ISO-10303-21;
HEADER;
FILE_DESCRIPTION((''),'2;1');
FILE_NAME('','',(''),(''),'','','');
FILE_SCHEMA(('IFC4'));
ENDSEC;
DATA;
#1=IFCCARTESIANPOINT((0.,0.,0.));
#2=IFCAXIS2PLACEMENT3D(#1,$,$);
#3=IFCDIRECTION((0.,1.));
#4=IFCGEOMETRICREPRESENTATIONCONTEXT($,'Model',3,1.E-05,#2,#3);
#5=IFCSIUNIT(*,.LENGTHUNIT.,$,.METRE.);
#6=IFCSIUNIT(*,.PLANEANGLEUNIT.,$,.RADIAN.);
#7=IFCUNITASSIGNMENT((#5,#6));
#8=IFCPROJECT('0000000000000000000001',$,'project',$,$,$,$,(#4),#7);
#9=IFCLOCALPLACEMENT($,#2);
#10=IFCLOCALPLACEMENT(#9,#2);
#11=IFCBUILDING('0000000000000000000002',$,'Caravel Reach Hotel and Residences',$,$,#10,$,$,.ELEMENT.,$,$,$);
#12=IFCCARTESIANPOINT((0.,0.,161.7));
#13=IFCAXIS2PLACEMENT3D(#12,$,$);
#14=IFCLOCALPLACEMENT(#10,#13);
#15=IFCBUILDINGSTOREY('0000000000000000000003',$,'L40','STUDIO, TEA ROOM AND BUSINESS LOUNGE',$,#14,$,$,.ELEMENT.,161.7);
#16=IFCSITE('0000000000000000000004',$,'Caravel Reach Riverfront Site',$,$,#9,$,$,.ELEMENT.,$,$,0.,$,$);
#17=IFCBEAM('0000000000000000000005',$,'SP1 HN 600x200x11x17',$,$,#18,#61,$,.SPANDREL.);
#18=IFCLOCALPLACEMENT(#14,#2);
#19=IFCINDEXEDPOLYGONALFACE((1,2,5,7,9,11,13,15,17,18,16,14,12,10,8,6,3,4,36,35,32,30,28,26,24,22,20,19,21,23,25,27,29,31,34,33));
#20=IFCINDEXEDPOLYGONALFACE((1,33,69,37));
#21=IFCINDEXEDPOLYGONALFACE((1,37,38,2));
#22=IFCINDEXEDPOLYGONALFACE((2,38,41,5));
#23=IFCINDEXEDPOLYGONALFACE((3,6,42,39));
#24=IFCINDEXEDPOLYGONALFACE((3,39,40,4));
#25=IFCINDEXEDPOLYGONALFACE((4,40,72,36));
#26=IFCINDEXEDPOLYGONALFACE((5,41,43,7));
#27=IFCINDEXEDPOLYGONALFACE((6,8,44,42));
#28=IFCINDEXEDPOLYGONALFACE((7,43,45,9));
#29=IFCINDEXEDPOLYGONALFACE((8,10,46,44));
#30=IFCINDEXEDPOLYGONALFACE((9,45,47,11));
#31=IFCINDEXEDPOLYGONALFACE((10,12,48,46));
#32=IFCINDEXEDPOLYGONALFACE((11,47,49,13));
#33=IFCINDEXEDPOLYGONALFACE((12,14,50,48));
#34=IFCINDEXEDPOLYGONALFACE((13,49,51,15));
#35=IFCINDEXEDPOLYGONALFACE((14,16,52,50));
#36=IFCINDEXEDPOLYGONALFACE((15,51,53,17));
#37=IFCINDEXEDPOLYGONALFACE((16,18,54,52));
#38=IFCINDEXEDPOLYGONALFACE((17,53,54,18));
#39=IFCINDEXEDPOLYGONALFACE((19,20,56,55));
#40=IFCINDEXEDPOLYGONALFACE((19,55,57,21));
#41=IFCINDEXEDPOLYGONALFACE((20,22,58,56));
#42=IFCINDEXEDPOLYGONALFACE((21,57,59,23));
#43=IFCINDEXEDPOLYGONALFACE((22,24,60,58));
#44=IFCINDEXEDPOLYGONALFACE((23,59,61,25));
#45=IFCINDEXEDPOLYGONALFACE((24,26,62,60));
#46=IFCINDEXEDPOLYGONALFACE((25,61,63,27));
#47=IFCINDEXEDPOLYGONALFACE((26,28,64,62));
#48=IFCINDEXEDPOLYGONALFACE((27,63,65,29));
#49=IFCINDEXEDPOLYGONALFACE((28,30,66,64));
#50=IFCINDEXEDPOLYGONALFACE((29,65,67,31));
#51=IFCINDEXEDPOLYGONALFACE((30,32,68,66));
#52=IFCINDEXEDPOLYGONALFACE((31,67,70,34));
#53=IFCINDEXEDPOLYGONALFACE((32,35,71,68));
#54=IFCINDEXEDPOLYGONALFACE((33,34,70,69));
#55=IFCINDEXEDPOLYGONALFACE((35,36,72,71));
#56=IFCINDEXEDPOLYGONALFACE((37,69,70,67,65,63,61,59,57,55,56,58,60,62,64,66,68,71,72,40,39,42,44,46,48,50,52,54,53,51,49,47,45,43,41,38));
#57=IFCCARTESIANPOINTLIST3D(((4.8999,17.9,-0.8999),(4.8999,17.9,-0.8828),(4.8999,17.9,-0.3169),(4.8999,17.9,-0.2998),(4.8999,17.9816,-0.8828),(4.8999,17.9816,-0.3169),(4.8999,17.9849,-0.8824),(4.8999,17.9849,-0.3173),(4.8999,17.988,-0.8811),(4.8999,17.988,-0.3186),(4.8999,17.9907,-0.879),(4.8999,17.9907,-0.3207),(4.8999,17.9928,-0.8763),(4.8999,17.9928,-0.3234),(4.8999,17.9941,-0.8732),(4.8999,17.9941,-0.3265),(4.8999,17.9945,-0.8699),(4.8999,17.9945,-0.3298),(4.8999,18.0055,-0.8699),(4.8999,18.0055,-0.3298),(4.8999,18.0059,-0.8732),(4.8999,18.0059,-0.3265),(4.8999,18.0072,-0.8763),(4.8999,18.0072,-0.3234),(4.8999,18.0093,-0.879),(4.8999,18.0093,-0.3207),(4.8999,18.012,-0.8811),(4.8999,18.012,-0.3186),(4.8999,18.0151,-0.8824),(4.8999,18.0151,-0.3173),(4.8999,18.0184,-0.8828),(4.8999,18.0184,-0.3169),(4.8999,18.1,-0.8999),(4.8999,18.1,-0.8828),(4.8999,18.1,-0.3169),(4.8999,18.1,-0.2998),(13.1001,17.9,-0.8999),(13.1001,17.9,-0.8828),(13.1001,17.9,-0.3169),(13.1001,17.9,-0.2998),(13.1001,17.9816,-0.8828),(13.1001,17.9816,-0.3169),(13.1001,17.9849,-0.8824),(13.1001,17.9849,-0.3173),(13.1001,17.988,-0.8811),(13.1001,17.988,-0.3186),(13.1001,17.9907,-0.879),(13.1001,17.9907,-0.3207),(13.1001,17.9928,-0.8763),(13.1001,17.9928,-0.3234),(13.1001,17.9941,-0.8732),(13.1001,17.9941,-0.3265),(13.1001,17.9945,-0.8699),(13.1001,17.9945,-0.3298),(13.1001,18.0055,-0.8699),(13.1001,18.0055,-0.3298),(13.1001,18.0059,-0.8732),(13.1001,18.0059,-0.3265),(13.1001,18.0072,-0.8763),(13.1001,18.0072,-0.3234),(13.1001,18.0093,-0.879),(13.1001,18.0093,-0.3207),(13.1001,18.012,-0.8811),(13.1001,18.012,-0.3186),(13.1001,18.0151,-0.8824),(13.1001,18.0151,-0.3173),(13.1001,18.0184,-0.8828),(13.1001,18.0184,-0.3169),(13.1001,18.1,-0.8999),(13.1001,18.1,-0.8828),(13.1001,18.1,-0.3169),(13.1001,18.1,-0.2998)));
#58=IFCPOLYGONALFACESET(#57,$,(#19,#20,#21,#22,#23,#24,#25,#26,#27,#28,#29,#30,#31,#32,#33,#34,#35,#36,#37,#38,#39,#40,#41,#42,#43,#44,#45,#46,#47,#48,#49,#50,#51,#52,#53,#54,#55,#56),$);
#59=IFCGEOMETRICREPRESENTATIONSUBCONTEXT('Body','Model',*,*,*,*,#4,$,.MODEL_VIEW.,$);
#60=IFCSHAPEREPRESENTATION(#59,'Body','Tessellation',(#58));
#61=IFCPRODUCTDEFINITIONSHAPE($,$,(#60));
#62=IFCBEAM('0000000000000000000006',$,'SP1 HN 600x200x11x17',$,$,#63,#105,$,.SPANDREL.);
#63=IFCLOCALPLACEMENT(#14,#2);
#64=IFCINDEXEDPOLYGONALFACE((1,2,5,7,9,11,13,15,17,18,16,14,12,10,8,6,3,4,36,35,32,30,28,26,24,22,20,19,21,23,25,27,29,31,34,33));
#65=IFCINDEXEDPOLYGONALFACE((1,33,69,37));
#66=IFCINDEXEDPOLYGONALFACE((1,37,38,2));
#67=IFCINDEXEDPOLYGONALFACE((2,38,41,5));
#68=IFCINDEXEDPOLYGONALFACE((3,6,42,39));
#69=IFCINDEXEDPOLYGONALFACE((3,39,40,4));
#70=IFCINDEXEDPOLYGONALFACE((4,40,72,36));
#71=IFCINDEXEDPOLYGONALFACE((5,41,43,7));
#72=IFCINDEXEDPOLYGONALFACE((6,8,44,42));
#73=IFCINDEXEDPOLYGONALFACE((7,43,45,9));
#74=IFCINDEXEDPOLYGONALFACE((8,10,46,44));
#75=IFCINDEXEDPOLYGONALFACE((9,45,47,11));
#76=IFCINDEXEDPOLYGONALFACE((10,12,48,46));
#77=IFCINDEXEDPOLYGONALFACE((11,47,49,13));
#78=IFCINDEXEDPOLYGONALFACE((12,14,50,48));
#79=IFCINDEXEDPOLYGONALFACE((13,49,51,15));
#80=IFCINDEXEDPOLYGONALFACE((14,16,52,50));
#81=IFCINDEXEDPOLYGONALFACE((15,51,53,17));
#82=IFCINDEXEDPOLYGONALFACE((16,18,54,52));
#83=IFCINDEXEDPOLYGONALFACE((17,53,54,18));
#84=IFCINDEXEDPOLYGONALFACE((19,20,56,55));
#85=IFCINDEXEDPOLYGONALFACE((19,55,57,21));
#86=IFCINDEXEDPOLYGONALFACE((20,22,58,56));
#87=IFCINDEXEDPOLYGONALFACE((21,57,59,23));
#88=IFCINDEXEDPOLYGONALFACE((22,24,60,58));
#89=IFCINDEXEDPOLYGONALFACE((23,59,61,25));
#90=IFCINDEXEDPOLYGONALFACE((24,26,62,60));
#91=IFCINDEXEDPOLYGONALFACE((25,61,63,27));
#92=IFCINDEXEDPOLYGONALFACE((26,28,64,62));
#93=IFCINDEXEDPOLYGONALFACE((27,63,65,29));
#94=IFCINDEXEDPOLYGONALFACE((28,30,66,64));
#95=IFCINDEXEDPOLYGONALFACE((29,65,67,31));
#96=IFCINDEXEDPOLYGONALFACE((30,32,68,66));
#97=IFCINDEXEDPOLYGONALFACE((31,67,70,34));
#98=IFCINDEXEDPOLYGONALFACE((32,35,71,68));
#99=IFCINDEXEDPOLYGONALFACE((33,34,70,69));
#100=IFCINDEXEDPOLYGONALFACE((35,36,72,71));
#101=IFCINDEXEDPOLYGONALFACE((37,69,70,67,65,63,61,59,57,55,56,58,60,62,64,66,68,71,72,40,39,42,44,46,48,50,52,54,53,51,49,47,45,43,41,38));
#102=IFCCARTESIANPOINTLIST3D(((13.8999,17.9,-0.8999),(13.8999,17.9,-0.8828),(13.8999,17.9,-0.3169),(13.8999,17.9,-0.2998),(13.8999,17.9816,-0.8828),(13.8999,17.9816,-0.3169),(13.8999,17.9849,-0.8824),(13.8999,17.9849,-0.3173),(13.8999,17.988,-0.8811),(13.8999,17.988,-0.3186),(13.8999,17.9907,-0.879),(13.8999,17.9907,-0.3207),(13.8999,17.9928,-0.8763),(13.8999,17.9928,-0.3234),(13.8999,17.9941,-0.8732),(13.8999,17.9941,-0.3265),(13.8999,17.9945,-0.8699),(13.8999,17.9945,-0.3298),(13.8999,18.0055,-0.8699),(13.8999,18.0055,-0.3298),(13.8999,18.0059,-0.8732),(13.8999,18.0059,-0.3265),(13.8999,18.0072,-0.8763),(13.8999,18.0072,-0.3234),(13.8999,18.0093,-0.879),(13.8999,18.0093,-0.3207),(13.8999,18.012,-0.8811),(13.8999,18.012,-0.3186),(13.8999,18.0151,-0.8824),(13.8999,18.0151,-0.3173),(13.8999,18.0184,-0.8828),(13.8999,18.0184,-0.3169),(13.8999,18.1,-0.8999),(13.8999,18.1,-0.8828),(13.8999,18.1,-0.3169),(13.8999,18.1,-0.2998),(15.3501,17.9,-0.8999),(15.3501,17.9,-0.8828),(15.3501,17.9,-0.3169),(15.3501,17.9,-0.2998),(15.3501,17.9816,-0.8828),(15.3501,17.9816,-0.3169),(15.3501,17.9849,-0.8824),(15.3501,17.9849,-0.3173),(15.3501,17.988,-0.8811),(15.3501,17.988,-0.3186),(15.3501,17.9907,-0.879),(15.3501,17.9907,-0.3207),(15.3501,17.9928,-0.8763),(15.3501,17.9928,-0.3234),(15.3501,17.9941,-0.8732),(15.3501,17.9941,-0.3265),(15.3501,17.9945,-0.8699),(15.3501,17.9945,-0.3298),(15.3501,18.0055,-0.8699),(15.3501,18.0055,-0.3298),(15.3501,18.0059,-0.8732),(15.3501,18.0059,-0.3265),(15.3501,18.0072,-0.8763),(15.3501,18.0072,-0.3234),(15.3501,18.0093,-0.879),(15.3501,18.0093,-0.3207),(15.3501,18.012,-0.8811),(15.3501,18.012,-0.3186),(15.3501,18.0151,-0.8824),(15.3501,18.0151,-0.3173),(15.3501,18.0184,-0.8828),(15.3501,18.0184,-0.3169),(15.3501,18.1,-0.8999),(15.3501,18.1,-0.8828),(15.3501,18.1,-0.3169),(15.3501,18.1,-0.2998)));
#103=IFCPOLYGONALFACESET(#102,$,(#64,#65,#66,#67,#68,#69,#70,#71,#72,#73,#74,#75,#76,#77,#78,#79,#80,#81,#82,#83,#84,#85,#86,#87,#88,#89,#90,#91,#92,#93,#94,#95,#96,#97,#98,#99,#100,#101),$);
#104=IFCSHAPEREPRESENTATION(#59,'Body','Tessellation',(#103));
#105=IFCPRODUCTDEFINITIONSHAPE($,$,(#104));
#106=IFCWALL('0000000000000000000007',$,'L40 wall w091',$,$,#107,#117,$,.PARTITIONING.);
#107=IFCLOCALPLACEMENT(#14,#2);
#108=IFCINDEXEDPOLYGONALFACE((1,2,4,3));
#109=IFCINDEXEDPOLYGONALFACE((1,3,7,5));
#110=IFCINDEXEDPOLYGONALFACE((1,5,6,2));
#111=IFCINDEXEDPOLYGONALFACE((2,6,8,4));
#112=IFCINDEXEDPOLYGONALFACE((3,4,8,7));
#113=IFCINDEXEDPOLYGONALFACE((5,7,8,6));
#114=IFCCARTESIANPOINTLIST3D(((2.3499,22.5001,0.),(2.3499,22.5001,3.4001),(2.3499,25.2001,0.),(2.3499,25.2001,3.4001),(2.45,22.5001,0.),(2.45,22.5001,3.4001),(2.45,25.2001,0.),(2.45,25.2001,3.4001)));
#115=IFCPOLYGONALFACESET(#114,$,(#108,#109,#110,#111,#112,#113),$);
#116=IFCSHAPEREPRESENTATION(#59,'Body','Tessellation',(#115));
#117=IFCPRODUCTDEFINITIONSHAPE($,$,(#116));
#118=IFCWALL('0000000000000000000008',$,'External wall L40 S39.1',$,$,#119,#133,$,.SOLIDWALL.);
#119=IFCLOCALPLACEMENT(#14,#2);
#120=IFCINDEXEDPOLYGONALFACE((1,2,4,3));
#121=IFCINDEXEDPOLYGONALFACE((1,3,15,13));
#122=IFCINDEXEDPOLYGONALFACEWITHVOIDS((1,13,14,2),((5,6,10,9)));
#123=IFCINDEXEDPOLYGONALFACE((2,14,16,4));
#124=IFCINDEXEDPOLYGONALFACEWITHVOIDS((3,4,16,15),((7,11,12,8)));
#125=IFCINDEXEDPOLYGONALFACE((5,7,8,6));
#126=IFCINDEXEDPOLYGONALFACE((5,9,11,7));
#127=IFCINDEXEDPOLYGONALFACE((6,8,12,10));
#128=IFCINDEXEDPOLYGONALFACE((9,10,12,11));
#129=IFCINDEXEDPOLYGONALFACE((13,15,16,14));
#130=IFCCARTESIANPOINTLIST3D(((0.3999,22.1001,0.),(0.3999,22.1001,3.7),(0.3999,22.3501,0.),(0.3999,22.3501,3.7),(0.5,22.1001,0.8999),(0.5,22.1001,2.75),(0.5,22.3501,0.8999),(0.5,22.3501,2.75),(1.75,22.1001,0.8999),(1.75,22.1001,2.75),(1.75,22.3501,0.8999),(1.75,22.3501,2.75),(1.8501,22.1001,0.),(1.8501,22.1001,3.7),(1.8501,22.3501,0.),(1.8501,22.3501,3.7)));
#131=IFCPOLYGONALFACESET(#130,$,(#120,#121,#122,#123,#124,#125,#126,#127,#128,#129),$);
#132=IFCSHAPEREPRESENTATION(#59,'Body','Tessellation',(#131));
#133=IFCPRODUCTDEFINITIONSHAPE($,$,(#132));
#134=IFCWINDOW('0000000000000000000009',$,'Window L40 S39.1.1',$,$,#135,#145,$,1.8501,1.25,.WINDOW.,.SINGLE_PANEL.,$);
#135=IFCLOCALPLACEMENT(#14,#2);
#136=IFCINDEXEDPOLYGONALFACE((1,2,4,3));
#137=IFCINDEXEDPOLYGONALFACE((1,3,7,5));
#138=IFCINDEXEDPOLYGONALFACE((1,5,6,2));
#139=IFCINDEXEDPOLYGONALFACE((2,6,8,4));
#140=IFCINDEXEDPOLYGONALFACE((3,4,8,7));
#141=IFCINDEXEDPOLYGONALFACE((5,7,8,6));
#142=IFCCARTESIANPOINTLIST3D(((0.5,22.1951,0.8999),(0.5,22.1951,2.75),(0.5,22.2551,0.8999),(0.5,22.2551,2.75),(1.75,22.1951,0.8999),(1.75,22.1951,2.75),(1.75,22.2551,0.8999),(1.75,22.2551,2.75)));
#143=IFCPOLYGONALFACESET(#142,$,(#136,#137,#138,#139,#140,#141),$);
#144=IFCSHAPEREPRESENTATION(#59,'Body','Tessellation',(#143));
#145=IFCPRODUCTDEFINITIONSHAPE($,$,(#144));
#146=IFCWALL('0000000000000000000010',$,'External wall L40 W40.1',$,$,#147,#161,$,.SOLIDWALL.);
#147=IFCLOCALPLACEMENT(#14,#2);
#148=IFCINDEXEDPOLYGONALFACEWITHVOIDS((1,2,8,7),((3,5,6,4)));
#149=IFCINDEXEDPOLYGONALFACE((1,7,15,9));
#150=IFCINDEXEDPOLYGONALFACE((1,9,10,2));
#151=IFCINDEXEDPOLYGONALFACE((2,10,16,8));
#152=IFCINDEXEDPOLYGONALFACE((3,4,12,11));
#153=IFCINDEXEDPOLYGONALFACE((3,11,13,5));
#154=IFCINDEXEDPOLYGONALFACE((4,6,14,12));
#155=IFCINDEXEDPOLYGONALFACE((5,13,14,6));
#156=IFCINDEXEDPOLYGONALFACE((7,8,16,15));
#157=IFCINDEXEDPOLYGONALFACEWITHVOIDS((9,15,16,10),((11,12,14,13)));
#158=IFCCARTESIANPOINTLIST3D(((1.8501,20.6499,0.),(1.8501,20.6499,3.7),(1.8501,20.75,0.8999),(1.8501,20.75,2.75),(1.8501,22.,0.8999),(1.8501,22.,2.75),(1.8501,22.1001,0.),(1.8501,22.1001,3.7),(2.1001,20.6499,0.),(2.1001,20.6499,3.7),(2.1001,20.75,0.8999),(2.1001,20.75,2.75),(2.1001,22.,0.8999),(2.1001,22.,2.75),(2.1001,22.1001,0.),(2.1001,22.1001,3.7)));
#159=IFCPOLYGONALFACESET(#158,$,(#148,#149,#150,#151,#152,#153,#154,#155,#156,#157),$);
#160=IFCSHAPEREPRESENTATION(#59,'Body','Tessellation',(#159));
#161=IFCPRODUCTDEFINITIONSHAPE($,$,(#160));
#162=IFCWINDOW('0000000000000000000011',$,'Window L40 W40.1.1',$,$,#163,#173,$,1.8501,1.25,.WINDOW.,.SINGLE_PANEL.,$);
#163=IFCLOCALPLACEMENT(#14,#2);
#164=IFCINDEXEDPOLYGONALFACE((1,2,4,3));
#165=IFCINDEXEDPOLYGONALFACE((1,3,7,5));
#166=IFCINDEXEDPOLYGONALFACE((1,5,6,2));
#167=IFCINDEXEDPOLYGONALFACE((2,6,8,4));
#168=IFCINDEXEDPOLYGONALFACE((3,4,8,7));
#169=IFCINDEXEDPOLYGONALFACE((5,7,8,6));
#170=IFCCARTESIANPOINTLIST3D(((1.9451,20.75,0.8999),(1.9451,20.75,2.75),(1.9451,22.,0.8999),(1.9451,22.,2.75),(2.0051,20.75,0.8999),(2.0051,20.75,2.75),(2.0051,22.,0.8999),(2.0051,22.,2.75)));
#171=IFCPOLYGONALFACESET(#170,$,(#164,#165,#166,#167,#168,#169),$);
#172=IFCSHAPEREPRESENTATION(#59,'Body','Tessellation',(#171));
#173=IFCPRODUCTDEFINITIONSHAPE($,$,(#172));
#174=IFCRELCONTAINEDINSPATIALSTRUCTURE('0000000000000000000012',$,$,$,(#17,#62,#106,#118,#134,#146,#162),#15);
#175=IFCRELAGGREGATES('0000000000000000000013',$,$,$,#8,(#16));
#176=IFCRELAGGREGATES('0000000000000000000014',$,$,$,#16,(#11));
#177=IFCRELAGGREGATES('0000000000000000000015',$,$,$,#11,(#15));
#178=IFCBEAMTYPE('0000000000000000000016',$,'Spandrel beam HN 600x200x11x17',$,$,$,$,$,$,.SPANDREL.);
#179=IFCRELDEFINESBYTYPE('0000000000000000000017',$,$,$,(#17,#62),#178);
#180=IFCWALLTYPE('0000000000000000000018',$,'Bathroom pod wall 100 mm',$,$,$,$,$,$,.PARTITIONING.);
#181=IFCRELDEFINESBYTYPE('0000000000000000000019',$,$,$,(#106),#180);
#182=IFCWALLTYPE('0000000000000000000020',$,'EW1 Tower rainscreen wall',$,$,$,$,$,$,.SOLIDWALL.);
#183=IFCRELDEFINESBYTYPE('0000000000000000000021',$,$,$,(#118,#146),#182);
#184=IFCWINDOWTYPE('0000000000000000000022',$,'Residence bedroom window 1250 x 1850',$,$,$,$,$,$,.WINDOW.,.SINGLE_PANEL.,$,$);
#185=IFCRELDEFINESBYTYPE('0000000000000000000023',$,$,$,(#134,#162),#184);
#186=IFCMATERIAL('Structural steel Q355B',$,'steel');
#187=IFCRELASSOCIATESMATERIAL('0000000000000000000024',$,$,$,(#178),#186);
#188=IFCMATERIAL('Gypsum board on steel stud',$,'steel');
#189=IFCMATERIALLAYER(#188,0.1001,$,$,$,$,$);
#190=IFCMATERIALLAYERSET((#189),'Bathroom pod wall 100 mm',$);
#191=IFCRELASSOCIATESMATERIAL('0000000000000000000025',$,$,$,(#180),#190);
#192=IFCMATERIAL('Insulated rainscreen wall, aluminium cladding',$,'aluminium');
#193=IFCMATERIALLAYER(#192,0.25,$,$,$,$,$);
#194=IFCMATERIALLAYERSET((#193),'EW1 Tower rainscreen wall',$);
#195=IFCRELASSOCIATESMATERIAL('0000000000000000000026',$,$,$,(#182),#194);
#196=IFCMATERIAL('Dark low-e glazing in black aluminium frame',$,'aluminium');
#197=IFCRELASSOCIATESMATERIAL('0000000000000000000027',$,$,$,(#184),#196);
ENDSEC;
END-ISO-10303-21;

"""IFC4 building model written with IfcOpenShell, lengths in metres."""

from ifc_helpers import new_model, si_unit, direction, frame, frame_2d, origin, origin_2d, place, context, subcontext, project, spatial, rectangle, i_section, extrude, material, layer, layer_set, material_profile, profile_set, type_object, element, fill, save


model = new_model("IFC4")

# Units and contexts
model_context = context("Model", 3, precision=1e-05, world=origin(), true_north=direction((0.0, 1.0)))
body_context = subcontext(model_context, "Body", "Model", "MODEL_VIEW")
ifc_project = project(units=[si_unit("LENGTHUNIT", "METRE"), si_unit("PLANEANGLEUNIT", "RADIAN")], contexts=[model_context])

# Site, building, storey
site_placement = place(None, origin())
site = spatial("IfcSite", under=ifc_project, at=site_placement, Name="Caravel Reach Riverfront Site", CompositionType="ELEMENT", RefElevation=0.0)
building_placement = place(site_placement, origin())
building = spatial("IfcBuilding", under=site, at=building_placement, Name="Caravel Reach Hotel and Residences", CompositionType="ELEMENT")
storey_placement = place(building_placement, frame((0.0, 0.0, 161.7)))
storey = spatial("IfcBuildingStorey", under=building, at=storey_placement, Name="L40", Description="STUDIO, TEA ROOM AND BUSINESS LOUNGE", CompositionType="ELEMENT", Elevation=161.7)

# Beams
ifc_material_1 = material(Name="Structural steel Q355B", Category="steel")
ifc_material_profile_1 = material_profile(ifc_material_1, i_section(OverallWidth=0.2, OverallDepth=0.6001, WebThickness=0.011, FlangeThickness=0.0171, FilletRadius=0.0129, at=origin_2d()), Name="HN 600x200x11x17")
ifc_profile_set_1 = profile_set([ifc_material_profile_1], Name="Structural steel Q355B")
beam_type_1 = type_object("IfcBeamType", Name="Spandrel beam HN 600x200x11x17", PredefinedType="SPANDREL", material=ifc_profile_set_1)
beam_1_placement = place(storey_placement, frame((4.8999, 18.0, -0.5999), z_axis=(1.0, 0.0, 0.0), x_axis=(0.0, 1.0, 0.0)))
element("IfcBeam", 1, at=beam_1_placement, inside=storey, type_object=beam_type_1, Name="SP1 HN 600x200x11x17", PredefinedType="SPANDREL", context=body_context, shape_type="SweptSolid", body=[
    extrude(i_section(OverallWidth=0.2, OverallDepth=0.6001, WebThickness=0.011, FlangeThickness=0.0171, FilletRadius=0.0129, at=origin_2d()), origin(), (0.0, 0.0, 1.0), 8.2002),
])
beam_2_placement = place(storey_placement, frame((13.8999, 18.0, -0.5999), z_axis=(1.0, 0.0, 0.0), x_axis=(0.0, 1.0, 0.0)))
element("IfcBeam", 2, at=beam_2_placement, inside=storey, type_object=beam_type_1, Name="SP1 HN 600x200x11x17", PredefinedType="SPANDREL", context=body_context, shape_type="SweptSolid", body=[
    extrude(i_section(OverallWidth=0.2, OverallDepth=0.6001, WebThickness=0.011, FlangeThickness=0.0171, FilletRadius=0.0129, at=origin_2d()), origin(), (0.0, 0.0, 1.0), 1.4502),
])

# Wall
ifc_material_2 = material(Name="Gypsum board on steel stud", Category="steel")
ifc_layer_1 = layer(ifc_material_2, 0.1001)
ifc_layer_set_1 = layer_set([ifc_layer_1], Name="Bathroom pod wall 100 mm")
wall_type_1 = type_object("IfcWallType", Name="Bathroom pod wall 100 mm", PredefinedType="PARTITIONING", material=ifc_layer_set_1)
wall_1_placement = place(storey_placement, frame((2.3999, 22.5, 0.0), z_axis=(0.0, 0.0, 1.0), x_axis=(0.0, 1.0, 0.0)))
element("IfcWall", 3, at=wall_1_placement, inside=storey, type_object=wall_type_1, Name="L40 wall w091", PredefinedType="PARTITIONING", context=body_context, shape_type="SweptSolid", body=[
    extrude(rectangle(XDim=2.7, YDim=0.1001, at=frame_2d((1.3501, 0.0))), origin(), (0.0, 0.0, 1.0), 3.4001),
])

# Walls, openings, windows
ifc_material_3 = material(Name="Insulated rainscreen wall, aluminium cladding", Category="aluminium")
ifc_layer_2 = layer(ifc_material_3, 0.25)
ifc_layer_set_2 = layer_set([ifc_layer_2], Name="EW1 Tower rainscreen wall")
wall_type_2 = type_object("IfcWallType", Name="EW1 Tower rainscreen wall", PredefinedType="SOLIDWALL", material=ifc_layer_set_2)
wall_2_placement = place(storey_placement, frame((0.3999, 22.2251, 0.0), z_axis=(0.0, 0.0, 1.0), x_axis=(1.0, 0.0, 0.0)))
wall_2 = element("IfcWall", 4, at=wall_2_placement, inside=storey, type_object=wall_type_2, Name="External wall L40 S39.1", PredefinedType="SOLIDWALL", context=body_context, shape_type="SweptSolid", body=[
    extrude(rectangle(XDim=1.4502, YDim=0.25, at=frame_2d((0.7251, 0.0))), origin(), (0.0, 0.0, 1.0), 3.7),
])
opening_1_placement = place(wall_2_placement, frame((0.1001, 0.0, 0.8999)))
opening_1 = element("IfcOpeningElement", 5, at=opening_1_placement, cuts=wall_2, PredefinedType="OPENING", context=body_context, shape_type="SweptSolid", body=[
    extrude(rectangle(XDim=1.25, YDim=1.8501, at=frame_2d((0.625, 0.925))), frame((0.0, 0.135, 0.0), z_axis=(0.0, -1.0, 0.0), x_axis=(1.0, 0.0, 0.0)), (0.0, 0.0, 1.0), 0.27),
])
ifc_material_4 = material(Name="Dark low-e glazing in black aluminium frame", Category="aluminium")
window_type_1 = type_object("IfcWindowType", Name="Residence bedroom window 1250 x 1850", PartitioningType="SINGLE_PANEL", PredefinedType="WINDOW", material=ifc_material_4)
window_1_placement = place(opening_1_placement, origin())
window_1 = element("IfcWindow", 6, at=window_1_placement, inside=storey, type_object=window_type_1, Name="Window L40 S39.1.1", OverallHeight=1.8501, OverallWidth=1.25, PartitioningType="SINGLE_PANEL", PredefinedType="WINDOW", context=body_context, shape_type="SweptSolid", body=[
    extrude(rectangle(XDim=1.25, YDim=1.8501, at=frame_2d((0.625, 0.925))), frame((0.0, 0.03, 0.0), z_axis=(0.0, -1.0, 0.0), x_axis=(1.0, 0.0, 0.0)), (0.0, 0.0, 1.0), 0.0601),
])
fill(opening_1, window_1)
wall_3_placement = place(storey_placement, frame((1.9751, 22.1001, 0.0), z_axis=(0.0, 0.0, 1.0), x_axis=(0.0, -1.0, 0.0)))
wall_3 = element("IfcWall", 7, at=wall_3_placement, inside=storey, type_object=wall_type_2, Name="External wall L40 W40.1", PredefinedType="SOLIDWALL", context=body_context, shape_type="SweptSolid", body=[
    extrude(rectangle(XDim=1.4502, YDim=0.25, at=frame_2d((0.7251, 0.0))), origin(), (0.0, 0.0, 1.0), 3.7),
])
opening_2_placement = place(wall_3_placement, frame((0.1001, 0.0, 0.8999)))
opening_2 = element("IfcOpeningElement", 8, at=opening_2_placement, cuts=wall_3, PredefinedType="OPENING", context=body_context, shape_type="SweptSolid", body=[
    extrude(rectangle(XDim=1.25, YDim=1.8501, at=frame_2d((0.625, 0.925))), frame((0.0, 0.135, 0.0), z_axis=(0.0, -1.0, 0.0), x_axis=(1.0, 0.0, 0.0)), (0.0, 0.0, 1.0), 0.27),
])
window_2_placement = place(opening_2_placement, origin())
window_2 = element("IfcWindow", 9, at=window_2_placement, inside=storey, type_object=window_type_1, Name="Window L40 W40.1.1", OverallHeight=1.8501, OverallWidth=1.25, PartitioningType="SINGLE_PANEL", PredefinedType="WINDOW", context=body_context, shape_type="SweptSolid", body=[
    extrude(rectangle(XDim=1.25, YDim=1.8501, at=frame_2d((0.625, 0.925))), frame((0.0, 0.03, 0.0), z_axis=(0.0, -1.0, 0.0), x_axis=(1.0, 0.0, 0.0)), (0.0, 0.0, 1.0), 0.0601),
])
fill(opening_2, window_2)

save(model, "model.ifc")
